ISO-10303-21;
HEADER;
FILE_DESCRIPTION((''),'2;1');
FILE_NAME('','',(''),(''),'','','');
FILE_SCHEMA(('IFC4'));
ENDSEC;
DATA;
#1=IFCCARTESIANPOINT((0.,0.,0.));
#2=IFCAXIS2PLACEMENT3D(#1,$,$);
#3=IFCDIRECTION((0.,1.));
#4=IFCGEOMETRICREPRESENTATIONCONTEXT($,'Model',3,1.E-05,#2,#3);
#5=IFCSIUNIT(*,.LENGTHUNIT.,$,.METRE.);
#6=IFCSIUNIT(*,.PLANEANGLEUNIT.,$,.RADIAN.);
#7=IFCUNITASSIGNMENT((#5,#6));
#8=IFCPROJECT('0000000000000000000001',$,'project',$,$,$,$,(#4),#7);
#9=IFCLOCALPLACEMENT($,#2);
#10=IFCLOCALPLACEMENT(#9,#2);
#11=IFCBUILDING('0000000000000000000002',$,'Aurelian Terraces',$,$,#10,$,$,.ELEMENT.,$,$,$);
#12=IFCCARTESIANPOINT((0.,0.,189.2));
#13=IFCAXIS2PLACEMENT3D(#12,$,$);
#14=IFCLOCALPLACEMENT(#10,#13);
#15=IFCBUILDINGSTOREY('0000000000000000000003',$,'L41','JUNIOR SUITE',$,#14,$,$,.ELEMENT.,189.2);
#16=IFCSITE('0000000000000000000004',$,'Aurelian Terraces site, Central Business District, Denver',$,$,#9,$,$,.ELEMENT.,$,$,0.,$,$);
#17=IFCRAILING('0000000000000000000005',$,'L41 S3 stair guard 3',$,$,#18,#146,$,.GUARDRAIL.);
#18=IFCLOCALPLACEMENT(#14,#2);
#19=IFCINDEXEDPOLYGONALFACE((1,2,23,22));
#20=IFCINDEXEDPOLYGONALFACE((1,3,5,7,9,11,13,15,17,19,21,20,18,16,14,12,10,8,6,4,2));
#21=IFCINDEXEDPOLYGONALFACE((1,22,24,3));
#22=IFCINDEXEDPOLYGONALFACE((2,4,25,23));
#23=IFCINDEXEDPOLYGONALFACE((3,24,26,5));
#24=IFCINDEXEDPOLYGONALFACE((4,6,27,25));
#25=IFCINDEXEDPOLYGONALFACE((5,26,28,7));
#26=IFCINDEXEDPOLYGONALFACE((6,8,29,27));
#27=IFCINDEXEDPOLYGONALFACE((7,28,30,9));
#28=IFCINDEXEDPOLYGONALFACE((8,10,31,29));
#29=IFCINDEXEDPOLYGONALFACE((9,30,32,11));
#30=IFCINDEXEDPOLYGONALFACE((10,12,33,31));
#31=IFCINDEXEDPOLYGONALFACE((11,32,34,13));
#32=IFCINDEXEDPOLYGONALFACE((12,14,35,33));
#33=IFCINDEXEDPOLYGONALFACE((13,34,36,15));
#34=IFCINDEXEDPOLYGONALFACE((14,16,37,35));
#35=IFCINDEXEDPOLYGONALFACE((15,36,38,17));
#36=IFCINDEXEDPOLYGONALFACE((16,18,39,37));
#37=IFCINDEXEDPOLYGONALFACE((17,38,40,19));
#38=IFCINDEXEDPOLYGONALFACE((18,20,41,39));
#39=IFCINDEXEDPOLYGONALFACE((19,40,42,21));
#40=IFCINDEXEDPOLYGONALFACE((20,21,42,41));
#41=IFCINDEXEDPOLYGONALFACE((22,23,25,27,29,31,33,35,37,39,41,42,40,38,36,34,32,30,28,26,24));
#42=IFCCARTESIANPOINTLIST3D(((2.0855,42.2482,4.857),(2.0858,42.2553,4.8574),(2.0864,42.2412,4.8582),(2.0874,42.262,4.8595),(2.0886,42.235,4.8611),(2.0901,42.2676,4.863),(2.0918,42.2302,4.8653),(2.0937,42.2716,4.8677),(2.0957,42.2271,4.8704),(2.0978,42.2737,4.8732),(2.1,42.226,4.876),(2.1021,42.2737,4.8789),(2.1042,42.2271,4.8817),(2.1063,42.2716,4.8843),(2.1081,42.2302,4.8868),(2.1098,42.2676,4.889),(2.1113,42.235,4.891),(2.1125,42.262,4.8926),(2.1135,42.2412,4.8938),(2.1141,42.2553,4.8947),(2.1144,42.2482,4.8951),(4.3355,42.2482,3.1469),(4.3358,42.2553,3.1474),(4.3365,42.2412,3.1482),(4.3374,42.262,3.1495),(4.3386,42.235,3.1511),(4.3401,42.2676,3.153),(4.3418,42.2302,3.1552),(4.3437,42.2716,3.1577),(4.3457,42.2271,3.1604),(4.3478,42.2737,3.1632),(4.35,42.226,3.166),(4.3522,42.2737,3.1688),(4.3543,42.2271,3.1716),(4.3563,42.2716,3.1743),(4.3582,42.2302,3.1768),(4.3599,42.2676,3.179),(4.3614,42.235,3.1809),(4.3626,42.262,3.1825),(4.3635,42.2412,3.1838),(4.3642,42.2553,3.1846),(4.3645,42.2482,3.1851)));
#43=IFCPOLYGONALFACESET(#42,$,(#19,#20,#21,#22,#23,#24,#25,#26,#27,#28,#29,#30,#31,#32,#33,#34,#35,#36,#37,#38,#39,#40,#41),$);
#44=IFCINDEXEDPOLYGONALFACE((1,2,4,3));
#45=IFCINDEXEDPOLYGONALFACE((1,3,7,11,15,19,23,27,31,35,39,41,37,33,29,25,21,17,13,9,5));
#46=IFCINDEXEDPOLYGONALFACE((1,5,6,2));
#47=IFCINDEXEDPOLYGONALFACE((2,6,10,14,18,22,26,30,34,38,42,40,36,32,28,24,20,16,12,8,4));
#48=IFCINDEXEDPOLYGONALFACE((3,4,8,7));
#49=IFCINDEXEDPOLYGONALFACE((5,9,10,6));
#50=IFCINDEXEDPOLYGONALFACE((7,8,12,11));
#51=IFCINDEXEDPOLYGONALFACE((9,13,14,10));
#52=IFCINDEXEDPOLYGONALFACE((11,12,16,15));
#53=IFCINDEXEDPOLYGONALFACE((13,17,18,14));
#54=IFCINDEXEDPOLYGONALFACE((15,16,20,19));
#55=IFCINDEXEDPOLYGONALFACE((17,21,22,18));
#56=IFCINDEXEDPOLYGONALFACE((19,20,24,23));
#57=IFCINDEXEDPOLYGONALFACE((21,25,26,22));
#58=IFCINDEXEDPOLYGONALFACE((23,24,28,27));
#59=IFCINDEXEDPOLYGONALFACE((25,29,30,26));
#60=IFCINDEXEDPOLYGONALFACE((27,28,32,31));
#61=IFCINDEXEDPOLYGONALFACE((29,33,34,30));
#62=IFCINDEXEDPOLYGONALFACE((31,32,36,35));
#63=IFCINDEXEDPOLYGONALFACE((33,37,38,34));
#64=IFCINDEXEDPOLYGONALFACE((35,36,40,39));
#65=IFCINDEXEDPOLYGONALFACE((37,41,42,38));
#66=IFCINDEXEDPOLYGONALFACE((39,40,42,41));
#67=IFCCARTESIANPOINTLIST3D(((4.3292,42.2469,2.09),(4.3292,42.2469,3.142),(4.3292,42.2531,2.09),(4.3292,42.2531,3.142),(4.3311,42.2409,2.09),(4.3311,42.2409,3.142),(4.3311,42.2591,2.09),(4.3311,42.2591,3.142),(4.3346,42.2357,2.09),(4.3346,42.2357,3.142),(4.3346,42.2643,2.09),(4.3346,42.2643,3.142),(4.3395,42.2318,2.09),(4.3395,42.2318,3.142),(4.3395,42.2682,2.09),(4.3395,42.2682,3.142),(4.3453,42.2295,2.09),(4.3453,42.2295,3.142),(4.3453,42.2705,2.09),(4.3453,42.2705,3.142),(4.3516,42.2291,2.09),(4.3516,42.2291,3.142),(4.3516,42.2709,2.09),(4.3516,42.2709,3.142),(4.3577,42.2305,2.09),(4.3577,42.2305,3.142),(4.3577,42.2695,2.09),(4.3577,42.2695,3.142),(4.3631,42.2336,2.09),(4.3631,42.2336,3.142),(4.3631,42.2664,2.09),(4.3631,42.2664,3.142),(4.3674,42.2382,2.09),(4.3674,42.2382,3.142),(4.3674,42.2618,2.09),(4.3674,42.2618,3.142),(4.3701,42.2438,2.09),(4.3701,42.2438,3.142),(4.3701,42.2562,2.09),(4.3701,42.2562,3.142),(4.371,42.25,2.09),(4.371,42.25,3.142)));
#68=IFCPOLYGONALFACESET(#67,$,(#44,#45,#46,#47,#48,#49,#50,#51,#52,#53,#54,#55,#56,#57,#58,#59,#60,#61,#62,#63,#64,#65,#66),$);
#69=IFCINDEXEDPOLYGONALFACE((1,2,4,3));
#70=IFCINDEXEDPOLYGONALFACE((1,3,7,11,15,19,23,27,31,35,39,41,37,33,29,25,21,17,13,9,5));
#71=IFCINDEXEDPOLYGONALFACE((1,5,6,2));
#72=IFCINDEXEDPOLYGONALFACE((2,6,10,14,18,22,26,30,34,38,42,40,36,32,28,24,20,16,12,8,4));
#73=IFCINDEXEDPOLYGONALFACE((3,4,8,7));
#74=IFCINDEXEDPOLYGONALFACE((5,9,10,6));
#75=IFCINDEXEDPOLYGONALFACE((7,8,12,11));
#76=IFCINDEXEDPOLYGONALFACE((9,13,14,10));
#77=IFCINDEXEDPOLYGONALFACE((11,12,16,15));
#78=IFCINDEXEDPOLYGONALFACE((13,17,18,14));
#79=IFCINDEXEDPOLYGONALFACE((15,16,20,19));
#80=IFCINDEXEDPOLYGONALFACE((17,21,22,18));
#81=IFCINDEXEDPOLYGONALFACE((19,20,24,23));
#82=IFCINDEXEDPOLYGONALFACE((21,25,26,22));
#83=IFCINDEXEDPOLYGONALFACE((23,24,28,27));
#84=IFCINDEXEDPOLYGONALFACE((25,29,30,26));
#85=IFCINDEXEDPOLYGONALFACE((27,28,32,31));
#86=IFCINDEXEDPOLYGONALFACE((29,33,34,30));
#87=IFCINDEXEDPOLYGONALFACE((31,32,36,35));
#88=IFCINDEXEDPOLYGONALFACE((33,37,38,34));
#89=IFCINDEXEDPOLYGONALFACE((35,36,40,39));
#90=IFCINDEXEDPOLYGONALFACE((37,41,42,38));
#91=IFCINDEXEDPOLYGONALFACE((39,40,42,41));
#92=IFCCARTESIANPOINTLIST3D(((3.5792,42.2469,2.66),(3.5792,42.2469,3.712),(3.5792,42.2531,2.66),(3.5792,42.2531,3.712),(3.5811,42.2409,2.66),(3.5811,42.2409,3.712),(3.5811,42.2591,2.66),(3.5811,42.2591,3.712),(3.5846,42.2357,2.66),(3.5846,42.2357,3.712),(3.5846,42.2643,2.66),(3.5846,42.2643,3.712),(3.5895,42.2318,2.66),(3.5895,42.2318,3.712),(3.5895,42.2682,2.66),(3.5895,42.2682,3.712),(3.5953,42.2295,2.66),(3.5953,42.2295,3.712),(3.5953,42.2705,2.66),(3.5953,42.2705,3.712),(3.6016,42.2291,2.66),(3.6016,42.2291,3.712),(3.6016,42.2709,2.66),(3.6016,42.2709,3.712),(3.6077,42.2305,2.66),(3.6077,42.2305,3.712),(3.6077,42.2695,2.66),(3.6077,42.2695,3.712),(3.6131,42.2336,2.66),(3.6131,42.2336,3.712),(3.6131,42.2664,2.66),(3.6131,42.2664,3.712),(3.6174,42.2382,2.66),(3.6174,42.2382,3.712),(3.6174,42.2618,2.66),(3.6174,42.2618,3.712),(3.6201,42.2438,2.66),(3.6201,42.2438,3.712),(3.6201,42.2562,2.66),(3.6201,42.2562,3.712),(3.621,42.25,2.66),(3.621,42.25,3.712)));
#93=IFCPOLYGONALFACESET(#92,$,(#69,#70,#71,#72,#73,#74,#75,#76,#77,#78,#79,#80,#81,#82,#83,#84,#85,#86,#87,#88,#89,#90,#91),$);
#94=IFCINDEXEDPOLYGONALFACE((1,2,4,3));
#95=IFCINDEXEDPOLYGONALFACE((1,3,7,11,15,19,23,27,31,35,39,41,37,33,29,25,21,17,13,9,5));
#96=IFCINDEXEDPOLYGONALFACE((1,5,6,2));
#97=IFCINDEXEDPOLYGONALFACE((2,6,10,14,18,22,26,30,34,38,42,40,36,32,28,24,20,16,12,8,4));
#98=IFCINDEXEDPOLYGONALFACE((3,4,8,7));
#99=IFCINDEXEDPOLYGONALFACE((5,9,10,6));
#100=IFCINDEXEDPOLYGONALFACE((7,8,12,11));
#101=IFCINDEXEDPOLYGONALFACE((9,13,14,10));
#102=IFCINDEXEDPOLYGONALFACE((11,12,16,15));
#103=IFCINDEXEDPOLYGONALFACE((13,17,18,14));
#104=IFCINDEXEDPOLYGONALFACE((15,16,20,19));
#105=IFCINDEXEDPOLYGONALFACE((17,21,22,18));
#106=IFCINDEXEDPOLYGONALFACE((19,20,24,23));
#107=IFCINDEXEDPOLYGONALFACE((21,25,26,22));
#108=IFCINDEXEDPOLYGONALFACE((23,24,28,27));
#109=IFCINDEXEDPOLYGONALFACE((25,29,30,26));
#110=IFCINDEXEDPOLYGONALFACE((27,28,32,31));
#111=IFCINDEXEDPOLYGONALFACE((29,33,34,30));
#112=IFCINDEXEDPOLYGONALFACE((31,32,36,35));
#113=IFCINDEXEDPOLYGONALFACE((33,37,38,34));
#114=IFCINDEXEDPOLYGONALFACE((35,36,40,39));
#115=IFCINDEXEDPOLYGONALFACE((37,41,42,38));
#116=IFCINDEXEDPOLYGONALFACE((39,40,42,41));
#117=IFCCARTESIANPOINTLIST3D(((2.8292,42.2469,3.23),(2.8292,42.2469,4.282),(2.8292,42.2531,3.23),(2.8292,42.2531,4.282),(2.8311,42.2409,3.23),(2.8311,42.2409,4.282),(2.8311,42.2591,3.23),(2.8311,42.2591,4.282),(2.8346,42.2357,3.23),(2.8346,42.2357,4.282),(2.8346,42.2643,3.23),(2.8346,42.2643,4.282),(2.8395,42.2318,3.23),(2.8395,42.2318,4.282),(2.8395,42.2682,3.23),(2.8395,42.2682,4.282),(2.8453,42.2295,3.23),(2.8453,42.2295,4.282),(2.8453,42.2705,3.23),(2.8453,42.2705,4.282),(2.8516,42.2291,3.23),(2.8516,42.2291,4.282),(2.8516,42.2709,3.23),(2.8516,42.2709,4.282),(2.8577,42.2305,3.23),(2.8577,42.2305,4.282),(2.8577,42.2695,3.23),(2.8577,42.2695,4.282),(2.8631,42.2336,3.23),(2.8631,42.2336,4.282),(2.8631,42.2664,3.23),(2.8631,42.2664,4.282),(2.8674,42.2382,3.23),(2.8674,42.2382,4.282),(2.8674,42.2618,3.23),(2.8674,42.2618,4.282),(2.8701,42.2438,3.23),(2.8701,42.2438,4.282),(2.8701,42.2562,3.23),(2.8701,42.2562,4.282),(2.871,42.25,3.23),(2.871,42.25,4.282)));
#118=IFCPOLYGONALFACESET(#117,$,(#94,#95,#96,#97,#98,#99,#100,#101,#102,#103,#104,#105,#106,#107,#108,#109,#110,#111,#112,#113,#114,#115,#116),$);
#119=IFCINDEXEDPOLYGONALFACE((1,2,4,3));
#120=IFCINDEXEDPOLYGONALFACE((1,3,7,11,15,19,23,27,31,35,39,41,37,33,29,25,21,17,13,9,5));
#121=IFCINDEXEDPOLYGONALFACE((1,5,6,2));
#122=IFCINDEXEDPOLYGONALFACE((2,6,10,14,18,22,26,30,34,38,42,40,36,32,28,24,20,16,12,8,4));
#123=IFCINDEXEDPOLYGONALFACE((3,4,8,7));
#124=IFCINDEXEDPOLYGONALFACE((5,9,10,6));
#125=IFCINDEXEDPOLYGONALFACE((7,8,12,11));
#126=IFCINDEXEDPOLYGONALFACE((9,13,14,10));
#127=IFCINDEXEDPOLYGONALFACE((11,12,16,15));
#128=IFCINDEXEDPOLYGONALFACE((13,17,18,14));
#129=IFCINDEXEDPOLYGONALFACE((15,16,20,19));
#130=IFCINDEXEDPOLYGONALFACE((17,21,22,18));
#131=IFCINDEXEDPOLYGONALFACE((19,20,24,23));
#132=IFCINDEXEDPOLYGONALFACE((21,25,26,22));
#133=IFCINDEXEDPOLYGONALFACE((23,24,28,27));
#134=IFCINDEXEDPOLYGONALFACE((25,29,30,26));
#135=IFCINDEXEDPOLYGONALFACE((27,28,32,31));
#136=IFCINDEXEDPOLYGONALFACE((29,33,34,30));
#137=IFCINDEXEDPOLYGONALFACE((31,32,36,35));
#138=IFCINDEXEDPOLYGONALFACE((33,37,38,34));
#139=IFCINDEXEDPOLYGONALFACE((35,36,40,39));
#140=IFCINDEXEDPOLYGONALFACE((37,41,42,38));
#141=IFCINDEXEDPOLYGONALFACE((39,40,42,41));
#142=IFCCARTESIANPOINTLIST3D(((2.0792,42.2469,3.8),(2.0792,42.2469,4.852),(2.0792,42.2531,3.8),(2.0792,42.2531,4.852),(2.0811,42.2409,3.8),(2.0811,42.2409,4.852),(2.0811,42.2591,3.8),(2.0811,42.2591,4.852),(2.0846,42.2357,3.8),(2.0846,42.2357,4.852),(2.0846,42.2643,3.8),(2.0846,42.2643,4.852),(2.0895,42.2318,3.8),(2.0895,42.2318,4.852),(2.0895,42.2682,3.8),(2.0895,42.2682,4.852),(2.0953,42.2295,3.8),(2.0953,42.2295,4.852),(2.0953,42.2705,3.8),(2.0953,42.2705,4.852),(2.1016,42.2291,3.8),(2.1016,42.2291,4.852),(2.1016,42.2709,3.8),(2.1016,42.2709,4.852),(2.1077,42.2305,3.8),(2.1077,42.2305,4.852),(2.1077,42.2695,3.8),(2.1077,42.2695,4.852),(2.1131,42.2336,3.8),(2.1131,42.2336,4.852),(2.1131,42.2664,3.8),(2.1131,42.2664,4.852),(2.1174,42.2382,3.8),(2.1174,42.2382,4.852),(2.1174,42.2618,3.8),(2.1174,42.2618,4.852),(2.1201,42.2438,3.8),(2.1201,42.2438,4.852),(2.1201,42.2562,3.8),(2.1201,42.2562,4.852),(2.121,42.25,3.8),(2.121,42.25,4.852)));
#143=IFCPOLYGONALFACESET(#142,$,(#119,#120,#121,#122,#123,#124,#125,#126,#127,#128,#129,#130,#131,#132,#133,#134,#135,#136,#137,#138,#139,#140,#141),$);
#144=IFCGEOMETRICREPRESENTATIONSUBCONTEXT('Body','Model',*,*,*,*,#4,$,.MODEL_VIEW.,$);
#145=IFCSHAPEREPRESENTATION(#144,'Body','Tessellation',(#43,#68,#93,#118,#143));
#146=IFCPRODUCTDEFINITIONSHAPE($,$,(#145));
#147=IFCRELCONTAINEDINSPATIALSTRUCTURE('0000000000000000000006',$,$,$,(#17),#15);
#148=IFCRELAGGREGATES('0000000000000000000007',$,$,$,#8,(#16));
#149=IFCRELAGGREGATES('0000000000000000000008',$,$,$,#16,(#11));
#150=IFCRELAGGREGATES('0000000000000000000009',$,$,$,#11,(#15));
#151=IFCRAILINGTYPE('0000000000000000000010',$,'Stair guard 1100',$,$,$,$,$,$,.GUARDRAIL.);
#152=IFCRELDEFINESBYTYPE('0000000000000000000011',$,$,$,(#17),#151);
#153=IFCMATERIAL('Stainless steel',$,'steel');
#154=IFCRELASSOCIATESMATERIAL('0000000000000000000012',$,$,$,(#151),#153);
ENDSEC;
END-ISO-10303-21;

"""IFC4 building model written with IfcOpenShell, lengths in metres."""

from ifc_helpers import new_model, si_unit, direction, frame, origin, origin_2d, place, context, subcontext, project, spatial, circle, extrude, source, transform, mapped, material, type_object, element, save


model = new_model("IFC4")

# Units and contexts
model_context = context("Model", 3, precision=1e-05, world=origin(), true_north=direction((0.0, 1.0)))
body_context = subcontext(model_context, "Body", "Model", "MODEL_VIEW")
ifc_project = project(units=[si_unit("LENGTHUNIT", "METRE"), si_unit("PLANEANGLEUNIT", "RADIAN")], contexts=[model_context])

# Site, building, storey
site_placement = place(None, origin())
site = spatial("IfcSite", under=ifc_project, at=site_placement, Name="Aurelian Terraces site, Central Business District, Denver", CompositionType="ELEMENT", RefElevation=0.0)
building_placement = place(site_placement, origin())
building = spatial("IfcBuilding", under=site, at=building_placement, Name="Aurelian Terraces", CompositionType="ELEMENT")
storey_placement = place(building_placement, frame((0.0, 0.0, 189.2)))
storey = spatial("IfcBuildingStorey", under=building, at=storey_placement, Name="L41", Description="JUNIOR SUITE", CompositionType="ELEMENT", Elevation=189.2)

# Railing
ifc_material_1 = material(Name="Stainless steel", Category="steel")
railing_type_1 = type_object("IfcRailingType", Name="Stair guard 1100", PredefinedType="GUARDRAIL", material=ifc_material_1)
shared_shape_1 = source(origin(), body_context, "Body", "SweptSolid", [
    extrude(circle(Radius=0.024, at=origin_2d()), frame((0.0, 0.0, 1.076), z_axis=(-0.796162, 0.0, 0.605083), x_axis=(0.0, -1.0, 0.0)), (0.0, 0.0, 1.0), 2.8261),
    extrude(circle(Radius=0.021, at=origin_2d()), origin(), (0.0, 0.0, 1.0), 1.052),
    extrude(circle(Radius=0.021, at=origin_2d()), frame((-0.75, 0.0, 0.57)), (0.0, 0.0, 1.0), 1.052),
    extrude(circle(Radius=0.021, at=origin_2d()), frame((-1.5, 0.0, 1.14)), (0.0, 0.0, 1.0), 1.052),
    extrude(circle(Radius=0.021, at=origin_2d()), frame((-2.25, 0.0, 1.71)), (0.0, 0.0, 1.0), 1.052),
])
railing_1_placement = place(storey_placement, frame((4.35, 42.25, 2.09)))
element("IfcRailing", 1, at=railing_1_placement, inside=storey, type_object=railing_type_1, Name="L41 S3 stair guard 3", PredefinedType="GUARDRAIL", context=body_context, shape_type="MappedRepresentation", body=[
    mapped(shared_shape_1, transform((0.0, 0.0, 0.0), scale=1.0)),
])

save(model, "model.ifc")
